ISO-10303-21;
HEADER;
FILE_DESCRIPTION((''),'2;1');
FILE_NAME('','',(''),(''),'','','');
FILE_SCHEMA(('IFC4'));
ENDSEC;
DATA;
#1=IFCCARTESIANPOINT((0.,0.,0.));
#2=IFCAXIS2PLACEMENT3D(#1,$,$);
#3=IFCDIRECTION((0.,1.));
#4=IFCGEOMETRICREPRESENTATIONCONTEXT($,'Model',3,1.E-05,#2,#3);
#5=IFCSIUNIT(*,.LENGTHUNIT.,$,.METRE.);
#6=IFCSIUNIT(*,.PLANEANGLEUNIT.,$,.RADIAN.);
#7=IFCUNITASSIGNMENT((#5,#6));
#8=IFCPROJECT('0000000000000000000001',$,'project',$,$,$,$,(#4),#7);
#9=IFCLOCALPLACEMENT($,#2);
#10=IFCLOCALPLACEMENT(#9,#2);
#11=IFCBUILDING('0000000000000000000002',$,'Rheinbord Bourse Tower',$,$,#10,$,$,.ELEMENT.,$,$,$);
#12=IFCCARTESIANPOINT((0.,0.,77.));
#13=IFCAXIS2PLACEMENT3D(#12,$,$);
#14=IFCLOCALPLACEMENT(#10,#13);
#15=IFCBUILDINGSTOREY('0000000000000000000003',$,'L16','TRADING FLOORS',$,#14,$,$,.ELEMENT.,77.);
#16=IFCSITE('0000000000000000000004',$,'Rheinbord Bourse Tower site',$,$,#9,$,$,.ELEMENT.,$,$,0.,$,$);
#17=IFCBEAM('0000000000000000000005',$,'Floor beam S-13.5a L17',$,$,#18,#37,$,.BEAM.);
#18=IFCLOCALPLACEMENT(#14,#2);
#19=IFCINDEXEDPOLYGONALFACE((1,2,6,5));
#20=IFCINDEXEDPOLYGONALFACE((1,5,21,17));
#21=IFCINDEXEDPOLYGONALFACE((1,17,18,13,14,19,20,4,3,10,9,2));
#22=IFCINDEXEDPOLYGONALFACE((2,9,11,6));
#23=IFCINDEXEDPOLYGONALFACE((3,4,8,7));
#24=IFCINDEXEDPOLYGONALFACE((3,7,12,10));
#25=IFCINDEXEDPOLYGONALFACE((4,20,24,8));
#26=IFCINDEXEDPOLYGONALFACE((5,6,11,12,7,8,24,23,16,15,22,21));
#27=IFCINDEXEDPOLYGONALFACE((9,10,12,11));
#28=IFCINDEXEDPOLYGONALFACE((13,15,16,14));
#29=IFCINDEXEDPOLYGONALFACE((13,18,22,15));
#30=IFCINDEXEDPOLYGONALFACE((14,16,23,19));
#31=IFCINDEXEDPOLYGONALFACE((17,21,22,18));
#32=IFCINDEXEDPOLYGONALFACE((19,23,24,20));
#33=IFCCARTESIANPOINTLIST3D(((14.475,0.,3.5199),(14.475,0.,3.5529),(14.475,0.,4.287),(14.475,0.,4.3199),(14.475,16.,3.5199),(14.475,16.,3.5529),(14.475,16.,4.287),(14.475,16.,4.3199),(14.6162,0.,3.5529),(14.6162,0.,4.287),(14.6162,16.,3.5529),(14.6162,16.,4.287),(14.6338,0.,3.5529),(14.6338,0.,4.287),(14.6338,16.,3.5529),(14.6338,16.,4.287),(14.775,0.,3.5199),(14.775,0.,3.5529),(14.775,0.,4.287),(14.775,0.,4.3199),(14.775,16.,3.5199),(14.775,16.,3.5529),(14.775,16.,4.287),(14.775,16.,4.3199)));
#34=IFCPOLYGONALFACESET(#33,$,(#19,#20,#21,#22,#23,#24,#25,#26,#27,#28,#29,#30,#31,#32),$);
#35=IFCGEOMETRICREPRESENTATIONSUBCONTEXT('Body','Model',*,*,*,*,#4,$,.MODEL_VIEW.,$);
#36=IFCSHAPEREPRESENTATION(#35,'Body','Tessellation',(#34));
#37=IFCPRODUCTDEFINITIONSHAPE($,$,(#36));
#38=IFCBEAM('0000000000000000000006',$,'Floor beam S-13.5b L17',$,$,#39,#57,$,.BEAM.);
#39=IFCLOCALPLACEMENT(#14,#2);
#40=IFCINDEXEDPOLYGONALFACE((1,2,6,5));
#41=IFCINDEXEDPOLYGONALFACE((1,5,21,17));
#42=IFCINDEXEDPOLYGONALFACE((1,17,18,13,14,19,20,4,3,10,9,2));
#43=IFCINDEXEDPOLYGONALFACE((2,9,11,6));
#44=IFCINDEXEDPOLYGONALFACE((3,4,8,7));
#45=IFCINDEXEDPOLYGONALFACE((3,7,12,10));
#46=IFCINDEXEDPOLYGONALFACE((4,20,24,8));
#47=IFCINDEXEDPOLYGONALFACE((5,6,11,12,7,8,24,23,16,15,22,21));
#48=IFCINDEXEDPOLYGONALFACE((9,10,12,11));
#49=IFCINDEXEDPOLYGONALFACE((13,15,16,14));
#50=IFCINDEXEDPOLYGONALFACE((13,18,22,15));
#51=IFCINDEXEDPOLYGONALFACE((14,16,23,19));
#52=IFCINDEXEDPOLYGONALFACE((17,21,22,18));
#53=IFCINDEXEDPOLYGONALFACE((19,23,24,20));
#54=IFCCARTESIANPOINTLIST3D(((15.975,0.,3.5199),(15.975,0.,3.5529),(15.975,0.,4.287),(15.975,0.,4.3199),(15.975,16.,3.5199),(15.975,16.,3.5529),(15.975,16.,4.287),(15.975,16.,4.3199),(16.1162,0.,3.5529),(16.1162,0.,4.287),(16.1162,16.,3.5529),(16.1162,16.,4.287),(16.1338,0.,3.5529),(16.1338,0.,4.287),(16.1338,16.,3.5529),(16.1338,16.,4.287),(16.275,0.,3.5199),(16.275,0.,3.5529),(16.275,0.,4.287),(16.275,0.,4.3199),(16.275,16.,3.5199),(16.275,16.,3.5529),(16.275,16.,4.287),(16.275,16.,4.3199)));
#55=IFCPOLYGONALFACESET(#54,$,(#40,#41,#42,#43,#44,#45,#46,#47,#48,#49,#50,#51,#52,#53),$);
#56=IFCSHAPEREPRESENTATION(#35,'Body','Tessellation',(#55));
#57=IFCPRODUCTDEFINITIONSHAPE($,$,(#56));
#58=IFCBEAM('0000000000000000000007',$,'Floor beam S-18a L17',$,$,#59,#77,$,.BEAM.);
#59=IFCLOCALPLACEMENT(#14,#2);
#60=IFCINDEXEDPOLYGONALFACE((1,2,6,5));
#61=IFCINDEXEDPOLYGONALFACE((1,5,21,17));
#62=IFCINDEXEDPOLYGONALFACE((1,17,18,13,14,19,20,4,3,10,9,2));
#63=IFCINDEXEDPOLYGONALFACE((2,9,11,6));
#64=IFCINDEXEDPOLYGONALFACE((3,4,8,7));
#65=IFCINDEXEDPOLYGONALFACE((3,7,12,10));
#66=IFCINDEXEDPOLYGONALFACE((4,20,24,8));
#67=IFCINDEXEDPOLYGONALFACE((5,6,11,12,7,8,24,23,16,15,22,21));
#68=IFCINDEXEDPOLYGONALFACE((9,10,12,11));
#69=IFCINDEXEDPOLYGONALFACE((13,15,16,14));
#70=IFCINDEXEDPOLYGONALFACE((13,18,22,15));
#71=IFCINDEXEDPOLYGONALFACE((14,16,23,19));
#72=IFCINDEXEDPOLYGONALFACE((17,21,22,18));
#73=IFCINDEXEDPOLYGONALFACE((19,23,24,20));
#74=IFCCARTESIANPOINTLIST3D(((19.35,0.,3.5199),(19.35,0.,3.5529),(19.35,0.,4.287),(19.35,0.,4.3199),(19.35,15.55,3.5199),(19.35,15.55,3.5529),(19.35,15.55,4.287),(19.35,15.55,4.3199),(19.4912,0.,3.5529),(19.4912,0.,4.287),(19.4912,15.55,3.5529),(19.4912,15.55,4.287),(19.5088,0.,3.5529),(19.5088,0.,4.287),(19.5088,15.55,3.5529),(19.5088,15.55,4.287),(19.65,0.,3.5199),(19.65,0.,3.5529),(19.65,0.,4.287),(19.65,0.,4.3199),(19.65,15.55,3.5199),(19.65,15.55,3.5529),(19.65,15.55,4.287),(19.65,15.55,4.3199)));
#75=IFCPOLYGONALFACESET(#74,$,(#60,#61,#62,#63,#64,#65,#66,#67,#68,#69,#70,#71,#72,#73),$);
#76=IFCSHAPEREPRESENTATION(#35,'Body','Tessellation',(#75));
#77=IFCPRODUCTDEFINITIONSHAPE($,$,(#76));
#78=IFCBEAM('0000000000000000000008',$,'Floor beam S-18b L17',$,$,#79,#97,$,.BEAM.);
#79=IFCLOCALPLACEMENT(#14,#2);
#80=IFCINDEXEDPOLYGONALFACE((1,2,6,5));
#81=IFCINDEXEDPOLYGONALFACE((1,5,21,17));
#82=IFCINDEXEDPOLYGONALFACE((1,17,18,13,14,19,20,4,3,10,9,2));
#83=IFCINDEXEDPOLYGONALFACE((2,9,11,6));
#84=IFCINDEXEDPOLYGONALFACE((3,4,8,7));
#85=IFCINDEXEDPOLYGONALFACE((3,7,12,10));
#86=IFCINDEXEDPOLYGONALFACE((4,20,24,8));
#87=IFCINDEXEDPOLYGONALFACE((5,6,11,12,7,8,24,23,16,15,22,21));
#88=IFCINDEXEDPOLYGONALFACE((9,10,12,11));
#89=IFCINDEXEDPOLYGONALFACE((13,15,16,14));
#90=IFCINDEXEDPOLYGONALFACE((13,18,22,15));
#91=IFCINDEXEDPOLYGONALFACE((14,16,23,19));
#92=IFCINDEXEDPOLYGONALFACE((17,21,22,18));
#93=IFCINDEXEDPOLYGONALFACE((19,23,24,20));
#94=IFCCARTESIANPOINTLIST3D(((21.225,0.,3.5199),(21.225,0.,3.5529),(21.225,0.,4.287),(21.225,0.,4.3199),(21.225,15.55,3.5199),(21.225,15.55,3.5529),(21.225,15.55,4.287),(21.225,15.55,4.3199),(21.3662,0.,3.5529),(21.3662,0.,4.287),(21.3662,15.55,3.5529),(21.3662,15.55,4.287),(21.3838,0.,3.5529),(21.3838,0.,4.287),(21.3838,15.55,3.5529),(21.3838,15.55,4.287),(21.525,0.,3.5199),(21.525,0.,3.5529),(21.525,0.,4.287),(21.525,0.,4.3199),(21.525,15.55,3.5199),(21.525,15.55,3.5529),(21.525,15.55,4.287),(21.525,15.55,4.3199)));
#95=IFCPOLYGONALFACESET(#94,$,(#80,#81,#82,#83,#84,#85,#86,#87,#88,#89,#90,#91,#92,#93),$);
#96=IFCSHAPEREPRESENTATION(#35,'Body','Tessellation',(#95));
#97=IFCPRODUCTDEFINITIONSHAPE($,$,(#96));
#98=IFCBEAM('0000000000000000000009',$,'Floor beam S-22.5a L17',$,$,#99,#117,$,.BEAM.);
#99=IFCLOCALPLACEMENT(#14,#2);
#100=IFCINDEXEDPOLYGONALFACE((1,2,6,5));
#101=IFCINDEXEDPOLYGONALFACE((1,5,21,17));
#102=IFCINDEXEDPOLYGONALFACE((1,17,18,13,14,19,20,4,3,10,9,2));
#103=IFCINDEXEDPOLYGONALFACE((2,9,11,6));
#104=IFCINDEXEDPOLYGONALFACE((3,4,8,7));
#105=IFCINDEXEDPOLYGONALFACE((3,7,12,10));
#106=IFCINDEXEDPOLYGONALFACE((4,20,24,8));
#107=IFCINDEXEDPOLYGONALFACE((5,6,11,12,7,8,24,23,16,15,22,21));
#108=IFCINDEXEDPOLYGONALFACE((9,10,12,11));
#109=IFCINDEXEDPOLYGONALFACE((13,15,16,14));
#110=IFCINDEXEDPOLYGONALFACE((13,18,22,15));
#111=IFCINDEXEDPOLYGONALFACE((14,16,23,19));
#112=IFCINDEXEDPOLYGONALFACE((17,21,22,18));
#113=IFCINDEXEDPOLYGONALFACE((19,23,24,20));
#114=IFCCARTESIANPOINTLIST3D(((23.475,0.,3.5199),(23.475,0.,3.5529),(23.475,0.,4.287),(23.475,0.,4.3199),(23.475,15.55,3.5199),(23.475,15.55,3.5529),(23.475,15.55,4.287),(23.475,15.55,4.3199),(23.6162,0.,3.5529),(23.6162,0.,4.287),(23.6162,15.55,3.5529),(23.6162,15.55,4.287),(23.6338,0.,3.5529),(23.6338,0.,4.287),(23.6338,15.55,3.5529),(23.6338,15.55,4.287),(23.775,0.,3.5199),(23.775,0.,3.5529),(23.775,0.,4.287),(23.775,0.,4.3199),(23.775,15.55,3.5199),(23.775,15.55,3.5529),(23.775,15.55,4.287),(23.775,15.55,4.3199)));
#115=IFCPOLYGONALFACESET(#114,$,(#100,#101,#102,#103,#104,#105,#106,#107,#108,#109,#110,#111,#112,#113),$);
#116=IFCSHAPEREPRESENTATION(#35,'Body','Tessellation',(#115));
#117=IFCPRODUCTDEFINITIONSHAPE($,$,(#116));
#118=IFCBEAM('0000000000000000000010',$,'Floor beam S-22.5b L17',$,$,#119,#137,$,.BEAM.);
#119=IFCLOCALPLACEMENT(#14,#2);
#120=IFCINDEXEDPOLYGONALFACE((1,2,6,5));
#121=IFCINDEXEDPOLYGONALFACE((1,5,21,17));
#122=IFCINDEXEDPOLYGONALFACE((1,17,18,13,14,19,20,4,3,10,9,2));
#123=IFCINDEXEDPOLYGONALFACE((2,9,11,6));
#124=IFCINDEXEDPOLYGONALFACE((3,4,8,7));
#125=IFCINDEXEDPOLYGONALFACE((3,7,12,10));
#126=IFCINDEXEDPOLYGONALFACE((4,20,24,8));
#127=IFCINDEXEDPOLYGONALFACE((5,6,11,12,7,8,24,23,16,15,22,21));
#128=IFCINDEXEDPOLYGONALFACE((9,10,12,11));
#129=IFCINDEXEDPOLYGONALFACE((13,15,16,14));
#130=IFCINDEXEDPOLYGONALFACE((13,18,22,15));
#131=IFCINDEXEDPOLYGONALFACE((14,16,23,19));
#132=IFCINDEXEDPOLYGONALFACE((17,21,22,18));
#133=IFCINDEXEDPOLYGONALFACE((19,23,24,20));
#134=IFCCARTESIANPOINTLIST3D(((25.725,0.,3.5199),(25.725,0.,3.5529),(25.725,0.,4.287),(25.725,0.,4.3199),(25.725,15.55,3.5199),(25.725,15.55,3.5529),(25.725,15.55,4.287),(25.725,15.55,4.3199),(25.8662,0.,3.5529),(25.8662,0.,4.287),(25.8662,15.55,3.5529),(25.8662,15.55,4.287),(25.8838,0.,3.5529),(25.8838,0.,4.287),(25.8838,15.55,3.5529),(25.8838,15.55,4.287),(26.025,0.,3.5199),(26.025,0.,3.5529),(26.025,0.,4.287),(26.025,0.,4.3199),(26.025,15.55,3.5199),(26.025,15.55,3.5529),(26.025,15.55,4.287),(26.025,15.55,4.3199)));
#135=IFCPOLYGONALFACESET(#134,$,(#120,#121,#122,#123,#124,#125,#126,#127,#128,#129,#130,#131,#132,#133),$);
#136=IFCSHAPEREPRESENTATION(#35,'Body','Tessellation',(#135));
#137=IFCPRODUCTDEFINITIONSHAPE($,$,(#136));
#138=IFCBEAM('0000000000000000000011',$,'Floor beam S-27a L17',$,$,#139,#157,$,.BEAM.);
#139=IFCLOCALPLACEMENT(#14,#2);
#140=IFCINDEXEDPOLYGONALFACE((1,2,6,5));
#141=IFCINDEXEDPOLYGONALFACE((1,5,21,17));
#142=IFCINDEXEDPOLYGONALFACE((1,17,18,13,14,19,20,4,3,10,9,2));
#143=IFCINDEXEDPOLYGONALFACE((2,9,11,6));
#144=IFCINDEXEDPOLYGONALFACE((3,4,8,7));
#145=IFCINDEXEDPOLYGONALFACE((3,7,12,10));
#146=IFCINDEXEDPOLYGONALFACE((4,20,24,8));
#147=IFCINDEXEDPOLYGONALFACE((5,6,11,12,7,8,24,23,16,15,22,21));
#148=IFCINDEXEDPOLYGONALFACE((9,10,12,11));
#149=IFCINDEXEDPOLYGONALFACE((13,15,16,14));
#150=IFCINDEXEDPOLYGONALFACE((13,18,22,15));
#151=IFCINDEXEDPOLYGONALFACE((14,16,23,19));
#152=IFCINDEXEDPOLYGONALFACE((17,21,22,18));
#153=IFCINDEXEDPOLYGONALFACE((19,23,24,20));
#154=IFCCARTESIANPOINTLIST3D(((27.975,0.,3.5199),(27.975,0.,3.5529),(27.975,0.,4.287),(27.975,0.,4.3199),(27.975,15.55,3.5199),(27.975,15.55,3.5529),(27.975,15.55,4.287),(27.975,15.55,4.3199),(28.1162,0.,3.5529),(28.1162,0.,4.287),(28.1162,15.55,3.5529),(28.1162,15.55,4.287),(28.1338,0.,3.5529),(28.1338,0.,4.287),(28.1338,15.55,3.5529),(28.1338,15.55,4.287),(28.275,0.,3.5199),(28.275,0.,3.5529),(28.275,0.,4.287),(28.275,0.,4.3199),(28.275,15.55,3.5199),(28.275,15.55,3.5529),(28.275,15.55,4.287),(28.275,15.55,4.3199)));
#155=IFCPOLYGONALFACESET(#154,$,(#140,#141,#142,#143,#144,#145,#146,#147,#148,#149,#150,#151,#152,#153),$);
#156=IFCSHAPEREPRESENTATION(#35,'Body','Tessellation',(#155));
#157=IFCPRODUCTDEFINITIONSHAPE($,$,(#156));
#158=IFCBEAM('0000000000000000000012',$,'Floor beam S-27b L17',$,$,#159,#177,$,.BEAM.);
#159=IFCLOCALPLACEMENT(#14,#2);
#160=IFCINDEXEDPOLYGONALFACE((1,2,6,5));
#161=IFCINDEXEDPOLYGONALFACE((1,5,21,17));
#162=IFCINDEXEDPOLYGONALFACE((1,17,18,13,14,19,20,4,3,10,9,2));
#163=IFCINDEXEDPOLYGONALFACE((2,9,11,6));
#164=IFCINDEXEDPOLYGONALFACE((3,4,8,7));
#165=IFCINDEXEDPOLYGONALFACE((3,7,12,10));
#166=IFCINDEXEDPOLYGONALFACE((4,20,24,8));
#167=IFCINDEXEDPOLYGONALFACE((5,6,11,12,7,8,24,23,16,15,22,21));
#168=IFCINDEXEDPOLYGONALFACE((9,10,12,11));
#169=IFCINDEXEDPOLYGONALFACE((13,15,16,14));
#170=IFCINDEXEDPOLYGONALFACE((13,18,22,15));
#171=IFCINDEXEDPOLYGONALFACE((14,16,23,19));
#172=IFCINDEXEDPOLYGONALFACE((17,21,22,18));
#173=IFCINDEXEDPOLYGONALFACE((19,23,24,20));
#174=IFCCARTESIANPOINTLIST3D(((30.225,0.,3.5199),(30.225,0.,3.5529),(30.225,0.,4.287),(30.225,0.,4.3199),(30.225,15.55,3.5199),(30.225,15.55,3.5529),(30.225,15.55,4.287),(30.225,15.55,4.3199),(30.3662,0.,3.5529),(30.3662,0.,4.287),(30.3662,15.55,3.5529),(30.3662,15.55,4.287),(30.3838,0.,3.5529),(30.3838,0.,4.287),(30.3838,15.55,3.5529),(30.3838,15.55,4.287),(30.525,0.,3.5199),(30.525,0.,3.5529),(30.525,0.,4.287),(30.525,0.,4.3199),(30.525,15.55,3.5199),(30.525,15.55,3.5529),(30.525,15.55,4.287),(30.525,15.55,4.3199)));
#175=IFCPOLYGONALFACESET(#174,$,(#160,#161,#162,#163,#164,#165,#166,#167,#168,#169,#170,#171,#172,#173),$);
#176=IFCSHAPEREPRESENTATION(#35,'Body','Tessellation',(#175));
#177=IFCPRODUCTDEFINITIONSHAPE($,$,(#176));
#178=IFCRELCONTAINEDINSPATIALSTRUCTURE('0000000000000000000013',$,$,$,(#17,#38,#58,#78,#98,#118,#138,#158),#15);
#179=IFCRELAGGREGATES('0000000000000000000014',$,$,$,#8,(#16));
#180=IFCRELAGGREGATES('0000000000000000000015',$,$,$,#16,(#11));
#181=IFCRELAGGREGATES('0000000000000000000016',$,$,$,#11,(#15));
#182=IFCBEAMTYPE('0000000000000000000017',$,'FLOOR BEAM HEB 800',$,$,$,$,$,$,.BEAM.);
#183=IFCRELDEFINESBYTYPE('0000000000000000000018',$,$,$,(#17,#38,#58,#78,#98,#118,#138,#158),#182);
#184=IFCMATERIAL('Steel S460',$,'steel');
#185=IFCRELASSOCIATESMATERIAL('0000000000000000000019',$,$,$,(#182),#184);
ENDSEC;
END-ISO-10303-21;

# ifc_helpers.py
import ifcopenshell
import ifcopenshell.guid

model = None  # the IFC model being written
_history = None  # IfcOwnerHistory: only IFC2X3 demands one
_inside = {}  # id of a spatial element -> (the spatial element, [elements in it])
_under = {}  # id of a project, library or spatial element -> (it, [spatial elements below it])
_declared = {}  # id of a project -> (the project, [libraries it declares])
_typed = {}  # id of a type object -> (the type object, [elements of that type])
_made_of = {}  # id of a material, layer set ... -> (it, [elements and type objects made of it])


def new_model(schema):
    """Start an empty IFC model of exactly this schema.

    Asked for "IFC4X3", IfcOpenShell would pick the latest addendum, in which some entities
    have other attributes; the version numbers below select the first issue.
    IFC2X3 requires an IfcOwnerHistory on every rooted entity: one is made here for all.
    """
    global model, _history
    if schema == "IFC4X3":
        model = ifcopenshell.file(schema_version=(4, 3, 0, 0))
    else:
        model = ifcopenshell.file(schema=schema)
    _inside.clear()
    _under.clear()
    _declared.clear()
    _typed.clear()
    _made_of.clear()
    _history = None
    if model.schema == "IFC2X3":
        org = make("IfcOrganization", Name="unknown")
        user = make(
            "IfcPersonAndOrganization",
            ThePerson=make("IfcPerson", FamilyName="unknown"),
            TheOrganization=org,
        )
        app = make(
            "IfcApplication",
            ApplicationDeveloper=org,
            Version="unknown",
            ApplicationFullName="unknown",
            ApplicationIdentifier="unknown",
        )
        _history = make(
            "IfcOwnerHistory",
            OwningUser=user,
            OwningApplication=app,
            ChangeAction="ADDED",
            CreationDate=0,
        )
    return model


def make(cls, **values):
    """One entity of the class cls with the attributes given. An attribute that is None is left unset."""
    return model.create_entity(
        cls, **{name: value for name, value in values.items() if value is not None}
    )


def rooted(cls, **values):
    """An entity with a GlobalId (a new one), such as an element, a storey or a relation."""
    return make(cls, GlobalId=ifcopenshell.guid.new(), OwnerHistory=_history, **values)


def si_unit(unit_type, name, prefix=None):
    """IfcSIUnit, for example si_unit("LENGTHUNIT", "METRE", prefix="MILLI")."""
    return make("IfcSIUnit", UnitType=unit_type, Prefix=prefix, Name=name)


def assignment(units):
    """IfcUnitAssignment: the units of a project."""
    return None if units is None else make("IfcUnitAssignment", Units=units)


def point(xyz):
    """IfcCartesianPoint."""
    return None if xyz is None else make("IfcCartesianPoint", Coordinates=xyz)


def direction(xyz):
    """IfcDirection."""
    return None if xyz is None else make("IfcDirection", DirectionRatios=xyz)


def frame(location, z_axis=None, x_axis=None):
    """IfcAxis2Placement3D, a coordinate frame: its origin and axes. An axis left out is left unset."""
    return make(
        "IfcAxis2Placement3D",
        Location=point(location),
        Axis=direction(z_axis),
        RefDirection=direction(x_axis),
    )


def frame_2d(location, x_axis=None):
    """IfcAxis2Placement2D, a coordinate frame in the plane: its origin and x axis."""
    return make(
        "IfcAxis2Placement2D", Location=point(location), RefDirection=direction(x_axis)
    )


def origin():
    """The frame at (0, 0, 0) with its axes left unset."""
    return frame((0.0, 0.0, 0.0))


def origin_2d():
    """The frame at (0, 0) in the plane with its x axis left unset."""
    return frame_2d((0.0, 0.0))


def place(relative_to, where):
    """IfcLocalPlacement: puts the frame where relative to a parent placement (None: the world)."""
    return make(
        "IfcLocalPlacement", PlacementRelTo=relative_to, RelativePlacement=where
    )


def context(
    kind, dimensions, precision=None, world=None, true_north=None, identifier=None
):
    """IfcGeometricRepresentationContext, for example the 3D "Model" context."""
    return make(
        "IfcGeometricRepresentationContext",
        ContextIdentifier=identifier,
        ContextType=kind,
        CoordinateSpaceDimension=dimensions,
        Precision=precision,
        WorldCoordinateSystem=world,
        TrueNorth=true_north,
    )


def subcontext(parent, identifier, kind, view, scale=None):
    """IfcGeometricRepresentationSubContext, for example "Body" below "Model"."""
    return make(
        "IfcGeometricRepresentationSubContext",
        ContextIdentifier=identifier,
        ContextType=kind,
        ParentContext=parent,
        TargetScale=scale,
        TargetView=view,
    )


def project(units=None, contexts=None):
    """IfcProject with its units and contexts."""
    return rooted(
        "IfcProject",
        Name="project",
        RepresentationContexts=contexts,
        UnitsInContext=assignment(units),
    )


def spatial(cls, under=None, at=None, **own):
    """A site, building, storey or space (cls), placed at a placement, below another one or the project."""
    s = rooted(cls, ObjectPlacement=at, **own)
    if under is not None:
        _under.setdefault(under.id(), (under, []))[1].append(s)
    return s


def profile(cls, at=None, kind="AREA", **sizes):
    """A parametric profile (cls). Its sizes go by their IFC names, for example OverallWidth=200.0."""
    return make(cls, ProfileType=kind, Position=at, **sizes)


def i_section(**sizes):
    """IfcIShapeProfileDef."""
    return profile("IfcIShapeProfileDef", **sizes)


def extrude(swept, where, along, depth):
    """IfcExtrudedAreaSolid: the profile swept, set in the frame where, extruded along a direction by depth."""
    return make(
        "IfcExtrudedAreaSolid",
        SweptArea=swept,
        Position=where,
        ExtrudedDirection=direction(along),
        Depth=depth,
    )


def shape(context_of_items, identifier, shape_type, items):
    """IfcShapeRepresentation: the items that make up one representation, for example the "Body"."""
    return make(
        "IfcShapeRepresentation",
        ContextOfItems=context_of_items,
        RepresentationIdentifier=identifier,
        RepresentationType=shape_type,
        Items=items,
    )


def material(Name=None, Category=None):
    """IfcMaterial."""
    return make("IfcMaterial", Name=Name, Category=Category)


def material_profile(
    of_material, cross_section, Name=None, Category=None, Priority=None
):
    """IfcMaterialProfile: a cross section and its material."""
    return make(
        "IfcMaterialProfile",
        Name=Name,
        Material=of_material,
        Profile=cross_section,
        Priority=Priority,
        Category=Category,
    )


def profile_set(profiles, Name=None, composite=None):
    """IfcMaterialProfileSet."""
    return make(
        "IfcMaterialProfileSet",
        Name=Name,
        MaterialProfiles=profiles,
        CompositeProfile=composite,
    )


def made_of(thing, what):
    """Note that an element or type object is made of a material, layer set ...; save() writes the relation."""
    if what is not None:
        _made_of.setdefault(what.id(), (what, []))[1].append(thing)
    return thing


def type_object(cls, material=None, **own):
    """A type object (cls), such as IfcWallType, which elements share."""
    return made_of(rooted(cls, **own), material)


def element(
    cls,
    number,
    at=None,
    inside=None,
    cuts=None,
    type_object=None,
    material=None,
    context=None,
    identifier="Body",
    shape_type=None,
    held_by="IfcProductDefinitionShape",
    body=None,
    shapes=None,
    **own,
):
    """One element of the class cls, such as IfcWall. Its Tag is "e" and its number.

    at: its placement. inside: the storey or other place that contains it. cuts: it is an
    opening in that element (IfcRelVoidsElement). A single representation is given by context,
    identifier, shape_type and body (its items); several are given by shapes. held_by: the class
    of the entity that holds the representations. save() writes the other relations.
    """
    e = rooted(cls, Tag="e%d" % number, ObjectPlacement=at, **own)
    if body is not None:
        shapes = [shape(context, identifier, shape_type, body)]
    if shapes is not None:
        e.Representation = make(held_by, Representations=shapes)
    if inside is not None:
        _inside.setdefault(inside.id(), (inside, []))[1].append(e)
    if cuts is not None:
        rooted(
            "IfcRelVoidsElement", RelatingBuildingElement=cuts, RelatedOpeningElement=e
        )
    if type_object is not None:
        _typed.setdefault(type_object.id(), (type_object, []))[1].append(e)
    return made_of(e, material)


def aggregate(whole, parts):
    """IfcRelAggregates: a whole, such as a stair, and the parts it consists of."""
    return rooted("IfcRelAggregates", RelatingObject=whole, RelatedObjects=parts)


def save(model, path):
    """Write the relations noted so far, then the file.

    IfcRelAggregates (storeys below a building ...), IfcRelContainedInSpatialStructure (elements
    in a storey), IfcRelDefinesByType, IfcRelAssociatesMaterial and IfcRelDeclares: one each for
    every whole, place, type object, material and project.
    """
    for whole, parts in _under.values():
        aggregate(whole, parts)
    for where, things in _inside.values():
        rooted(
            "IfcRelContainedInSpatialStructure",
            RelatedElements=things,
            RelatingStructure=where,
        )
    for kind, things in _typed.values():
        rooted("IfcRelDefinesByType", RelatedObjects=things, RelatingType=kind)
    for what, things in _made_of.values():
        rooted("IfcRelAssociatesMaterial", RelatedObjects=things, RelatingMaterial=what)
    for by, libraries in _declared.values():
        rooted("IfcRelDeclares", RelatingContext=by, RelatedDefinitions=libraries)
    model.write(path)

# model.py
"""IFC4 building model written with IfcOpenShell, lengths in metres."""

from ifc_helpers import new_model, si_unit, direction, frame, origin, origin_2d, place, context, subcontext, project, spatial, i_section, extrude, material, material_profile, profile_set, type_object, element, save


model = new_model("IFC4")

# Units and contexts
model_context = context("Model", 3, precision=1e-05, world=origin(), true_north=direction((0.0, 1.0)))
body_context = subcontext(model_context, "Body", "Model", "MODEL_VIEW")
ifc_project = project(units=[si_unit("LENGTHUNIT", "METRE"), si_unit("PLANEANGLEUNIT", "RADIAN")], contexts=[model_context])

# Site, building, storey
site_placement = place(None, origin())
site = spatial("IfcSite", under=ifc_project, at=site_placement, Name="Rheinbord Bourse Tower site", CompositionType="ELEMENT", RefElevation=0.0)
building_placement = place(site_placement, origin())
building = spatial("IfcBuilding", under=site, at=building_placement, Name="Rheinbord Bourse Tower", CompositionType="ELEMENT")
storey_placement = place(building_placement, frame((0.0, 0.0, 77.0)))
storey = spatial("IfcBuildingStorey", under=building, at=storey_placement, Name="L16", Description="TRADING FLOORS", CompositionType="ELEMENT", Elevation=77.0)

# Beams
ifc_material_1 = material(Name="Steel S460", Category="steel")
ifc_material_profile_1 = material_profile(ifc_material_1, i_section(OverallWidth=0.3, OverallDepth=0.8, WebThickness=0.0176, FlangeThickness=0.033, at=origin_2d()), Name="HEB 800")
ifc_profile_set_1 = profile_set([ifc_material_profile_1], Name="Steel S460")
beam_type_1 = type_object("IfcBeamType", Name="FLOOR BEAM HEB 800", PredefinedType="BEAM", material=ifc_profile_set_1)
for number, where, z_axis, x_axis, name in (
    (1, (14.625, 0.0, 3.9199), (0.0, 1.0, 0.0), (-1.0, 0.0, 0.0), "Floor beam S-13.5a L17"),
    (2, (16.125, 0.0, 3.9199), (0.0, 1.0, 0.0), (-1.0, 0.0, 0.0), "Floor beam S-13.5b L17"),
):
    element("IfcBeam", number, at=place(storey_placement, frame(where, z_axis=z_axis, x_axis=x_axis)), inside=storey, type_object=beam_type_1, Name=name, PredefinedType="BEAM", context=body_context, shape_type="SweptSolid", body=[
        extrude(i_section(OverallWidth=0.3, OverallDepth=0.8, WebThickness=0.0176, FlangeThickness=0.033, at=origin_2d()), origin(), (0.0, 0.0, 1.0), 16.0),
    ])
for number, where, z_axis, x_axis, name in (
    (3, (19.5, 0.0, 3.9199), (0.0, 1.0, 0.0), (-1.0, 0.0, 0.0), "Floor beam S-18a L17"),
    (4, (21.375, 0.0, 3.9199), (0.0, 1.0, 0.0), (-1.0, 0.0, 0.0), "Floor beam S-18b L17"),
    (5, (23.625, 0.0, 3.9199), (0.0, 1.0, 0.0), (-1.0, 0.0, 0.0), "Floor beam S-22.5a L17"),
    (6, (25.875, 0.0, 3.9199), (0.0, 1.0, 0.0), (-1.0, 0.0, 0.0), "Floor beam S-22.5b L17"),
    (7, (28.125, 0.0, 3.9199), (0.0, 1.0, 0.0), (-1.0, 0.0, 0.0), "Floor beam S-27a L17"),
    (8, (30.375, 0.0, 3.9199), (0.0, 1.0, 0.0), (-1.0, 0.0, 0.0), "Floor beam S-27b L17"),
):
    element("IfcBeam", number, at=place(storey_placement, frame(where, z_axis=z_axis, x_axis=x_axis)), inside=storey, type_object=beam_type_1, Name=name, PredefinedType="BEAM", context=body_context, shape_type="SweptSolid", body=[
        extrude(i_section(OverallWidth=0.3, OverallDepth=0.8, WebThickness=0.0176, FlangeThickness=0.033, at=origin_2d()), origin(), (0.0, 0.0, 1.0), 15.55),
    ])

save(model, "model.ifc")
